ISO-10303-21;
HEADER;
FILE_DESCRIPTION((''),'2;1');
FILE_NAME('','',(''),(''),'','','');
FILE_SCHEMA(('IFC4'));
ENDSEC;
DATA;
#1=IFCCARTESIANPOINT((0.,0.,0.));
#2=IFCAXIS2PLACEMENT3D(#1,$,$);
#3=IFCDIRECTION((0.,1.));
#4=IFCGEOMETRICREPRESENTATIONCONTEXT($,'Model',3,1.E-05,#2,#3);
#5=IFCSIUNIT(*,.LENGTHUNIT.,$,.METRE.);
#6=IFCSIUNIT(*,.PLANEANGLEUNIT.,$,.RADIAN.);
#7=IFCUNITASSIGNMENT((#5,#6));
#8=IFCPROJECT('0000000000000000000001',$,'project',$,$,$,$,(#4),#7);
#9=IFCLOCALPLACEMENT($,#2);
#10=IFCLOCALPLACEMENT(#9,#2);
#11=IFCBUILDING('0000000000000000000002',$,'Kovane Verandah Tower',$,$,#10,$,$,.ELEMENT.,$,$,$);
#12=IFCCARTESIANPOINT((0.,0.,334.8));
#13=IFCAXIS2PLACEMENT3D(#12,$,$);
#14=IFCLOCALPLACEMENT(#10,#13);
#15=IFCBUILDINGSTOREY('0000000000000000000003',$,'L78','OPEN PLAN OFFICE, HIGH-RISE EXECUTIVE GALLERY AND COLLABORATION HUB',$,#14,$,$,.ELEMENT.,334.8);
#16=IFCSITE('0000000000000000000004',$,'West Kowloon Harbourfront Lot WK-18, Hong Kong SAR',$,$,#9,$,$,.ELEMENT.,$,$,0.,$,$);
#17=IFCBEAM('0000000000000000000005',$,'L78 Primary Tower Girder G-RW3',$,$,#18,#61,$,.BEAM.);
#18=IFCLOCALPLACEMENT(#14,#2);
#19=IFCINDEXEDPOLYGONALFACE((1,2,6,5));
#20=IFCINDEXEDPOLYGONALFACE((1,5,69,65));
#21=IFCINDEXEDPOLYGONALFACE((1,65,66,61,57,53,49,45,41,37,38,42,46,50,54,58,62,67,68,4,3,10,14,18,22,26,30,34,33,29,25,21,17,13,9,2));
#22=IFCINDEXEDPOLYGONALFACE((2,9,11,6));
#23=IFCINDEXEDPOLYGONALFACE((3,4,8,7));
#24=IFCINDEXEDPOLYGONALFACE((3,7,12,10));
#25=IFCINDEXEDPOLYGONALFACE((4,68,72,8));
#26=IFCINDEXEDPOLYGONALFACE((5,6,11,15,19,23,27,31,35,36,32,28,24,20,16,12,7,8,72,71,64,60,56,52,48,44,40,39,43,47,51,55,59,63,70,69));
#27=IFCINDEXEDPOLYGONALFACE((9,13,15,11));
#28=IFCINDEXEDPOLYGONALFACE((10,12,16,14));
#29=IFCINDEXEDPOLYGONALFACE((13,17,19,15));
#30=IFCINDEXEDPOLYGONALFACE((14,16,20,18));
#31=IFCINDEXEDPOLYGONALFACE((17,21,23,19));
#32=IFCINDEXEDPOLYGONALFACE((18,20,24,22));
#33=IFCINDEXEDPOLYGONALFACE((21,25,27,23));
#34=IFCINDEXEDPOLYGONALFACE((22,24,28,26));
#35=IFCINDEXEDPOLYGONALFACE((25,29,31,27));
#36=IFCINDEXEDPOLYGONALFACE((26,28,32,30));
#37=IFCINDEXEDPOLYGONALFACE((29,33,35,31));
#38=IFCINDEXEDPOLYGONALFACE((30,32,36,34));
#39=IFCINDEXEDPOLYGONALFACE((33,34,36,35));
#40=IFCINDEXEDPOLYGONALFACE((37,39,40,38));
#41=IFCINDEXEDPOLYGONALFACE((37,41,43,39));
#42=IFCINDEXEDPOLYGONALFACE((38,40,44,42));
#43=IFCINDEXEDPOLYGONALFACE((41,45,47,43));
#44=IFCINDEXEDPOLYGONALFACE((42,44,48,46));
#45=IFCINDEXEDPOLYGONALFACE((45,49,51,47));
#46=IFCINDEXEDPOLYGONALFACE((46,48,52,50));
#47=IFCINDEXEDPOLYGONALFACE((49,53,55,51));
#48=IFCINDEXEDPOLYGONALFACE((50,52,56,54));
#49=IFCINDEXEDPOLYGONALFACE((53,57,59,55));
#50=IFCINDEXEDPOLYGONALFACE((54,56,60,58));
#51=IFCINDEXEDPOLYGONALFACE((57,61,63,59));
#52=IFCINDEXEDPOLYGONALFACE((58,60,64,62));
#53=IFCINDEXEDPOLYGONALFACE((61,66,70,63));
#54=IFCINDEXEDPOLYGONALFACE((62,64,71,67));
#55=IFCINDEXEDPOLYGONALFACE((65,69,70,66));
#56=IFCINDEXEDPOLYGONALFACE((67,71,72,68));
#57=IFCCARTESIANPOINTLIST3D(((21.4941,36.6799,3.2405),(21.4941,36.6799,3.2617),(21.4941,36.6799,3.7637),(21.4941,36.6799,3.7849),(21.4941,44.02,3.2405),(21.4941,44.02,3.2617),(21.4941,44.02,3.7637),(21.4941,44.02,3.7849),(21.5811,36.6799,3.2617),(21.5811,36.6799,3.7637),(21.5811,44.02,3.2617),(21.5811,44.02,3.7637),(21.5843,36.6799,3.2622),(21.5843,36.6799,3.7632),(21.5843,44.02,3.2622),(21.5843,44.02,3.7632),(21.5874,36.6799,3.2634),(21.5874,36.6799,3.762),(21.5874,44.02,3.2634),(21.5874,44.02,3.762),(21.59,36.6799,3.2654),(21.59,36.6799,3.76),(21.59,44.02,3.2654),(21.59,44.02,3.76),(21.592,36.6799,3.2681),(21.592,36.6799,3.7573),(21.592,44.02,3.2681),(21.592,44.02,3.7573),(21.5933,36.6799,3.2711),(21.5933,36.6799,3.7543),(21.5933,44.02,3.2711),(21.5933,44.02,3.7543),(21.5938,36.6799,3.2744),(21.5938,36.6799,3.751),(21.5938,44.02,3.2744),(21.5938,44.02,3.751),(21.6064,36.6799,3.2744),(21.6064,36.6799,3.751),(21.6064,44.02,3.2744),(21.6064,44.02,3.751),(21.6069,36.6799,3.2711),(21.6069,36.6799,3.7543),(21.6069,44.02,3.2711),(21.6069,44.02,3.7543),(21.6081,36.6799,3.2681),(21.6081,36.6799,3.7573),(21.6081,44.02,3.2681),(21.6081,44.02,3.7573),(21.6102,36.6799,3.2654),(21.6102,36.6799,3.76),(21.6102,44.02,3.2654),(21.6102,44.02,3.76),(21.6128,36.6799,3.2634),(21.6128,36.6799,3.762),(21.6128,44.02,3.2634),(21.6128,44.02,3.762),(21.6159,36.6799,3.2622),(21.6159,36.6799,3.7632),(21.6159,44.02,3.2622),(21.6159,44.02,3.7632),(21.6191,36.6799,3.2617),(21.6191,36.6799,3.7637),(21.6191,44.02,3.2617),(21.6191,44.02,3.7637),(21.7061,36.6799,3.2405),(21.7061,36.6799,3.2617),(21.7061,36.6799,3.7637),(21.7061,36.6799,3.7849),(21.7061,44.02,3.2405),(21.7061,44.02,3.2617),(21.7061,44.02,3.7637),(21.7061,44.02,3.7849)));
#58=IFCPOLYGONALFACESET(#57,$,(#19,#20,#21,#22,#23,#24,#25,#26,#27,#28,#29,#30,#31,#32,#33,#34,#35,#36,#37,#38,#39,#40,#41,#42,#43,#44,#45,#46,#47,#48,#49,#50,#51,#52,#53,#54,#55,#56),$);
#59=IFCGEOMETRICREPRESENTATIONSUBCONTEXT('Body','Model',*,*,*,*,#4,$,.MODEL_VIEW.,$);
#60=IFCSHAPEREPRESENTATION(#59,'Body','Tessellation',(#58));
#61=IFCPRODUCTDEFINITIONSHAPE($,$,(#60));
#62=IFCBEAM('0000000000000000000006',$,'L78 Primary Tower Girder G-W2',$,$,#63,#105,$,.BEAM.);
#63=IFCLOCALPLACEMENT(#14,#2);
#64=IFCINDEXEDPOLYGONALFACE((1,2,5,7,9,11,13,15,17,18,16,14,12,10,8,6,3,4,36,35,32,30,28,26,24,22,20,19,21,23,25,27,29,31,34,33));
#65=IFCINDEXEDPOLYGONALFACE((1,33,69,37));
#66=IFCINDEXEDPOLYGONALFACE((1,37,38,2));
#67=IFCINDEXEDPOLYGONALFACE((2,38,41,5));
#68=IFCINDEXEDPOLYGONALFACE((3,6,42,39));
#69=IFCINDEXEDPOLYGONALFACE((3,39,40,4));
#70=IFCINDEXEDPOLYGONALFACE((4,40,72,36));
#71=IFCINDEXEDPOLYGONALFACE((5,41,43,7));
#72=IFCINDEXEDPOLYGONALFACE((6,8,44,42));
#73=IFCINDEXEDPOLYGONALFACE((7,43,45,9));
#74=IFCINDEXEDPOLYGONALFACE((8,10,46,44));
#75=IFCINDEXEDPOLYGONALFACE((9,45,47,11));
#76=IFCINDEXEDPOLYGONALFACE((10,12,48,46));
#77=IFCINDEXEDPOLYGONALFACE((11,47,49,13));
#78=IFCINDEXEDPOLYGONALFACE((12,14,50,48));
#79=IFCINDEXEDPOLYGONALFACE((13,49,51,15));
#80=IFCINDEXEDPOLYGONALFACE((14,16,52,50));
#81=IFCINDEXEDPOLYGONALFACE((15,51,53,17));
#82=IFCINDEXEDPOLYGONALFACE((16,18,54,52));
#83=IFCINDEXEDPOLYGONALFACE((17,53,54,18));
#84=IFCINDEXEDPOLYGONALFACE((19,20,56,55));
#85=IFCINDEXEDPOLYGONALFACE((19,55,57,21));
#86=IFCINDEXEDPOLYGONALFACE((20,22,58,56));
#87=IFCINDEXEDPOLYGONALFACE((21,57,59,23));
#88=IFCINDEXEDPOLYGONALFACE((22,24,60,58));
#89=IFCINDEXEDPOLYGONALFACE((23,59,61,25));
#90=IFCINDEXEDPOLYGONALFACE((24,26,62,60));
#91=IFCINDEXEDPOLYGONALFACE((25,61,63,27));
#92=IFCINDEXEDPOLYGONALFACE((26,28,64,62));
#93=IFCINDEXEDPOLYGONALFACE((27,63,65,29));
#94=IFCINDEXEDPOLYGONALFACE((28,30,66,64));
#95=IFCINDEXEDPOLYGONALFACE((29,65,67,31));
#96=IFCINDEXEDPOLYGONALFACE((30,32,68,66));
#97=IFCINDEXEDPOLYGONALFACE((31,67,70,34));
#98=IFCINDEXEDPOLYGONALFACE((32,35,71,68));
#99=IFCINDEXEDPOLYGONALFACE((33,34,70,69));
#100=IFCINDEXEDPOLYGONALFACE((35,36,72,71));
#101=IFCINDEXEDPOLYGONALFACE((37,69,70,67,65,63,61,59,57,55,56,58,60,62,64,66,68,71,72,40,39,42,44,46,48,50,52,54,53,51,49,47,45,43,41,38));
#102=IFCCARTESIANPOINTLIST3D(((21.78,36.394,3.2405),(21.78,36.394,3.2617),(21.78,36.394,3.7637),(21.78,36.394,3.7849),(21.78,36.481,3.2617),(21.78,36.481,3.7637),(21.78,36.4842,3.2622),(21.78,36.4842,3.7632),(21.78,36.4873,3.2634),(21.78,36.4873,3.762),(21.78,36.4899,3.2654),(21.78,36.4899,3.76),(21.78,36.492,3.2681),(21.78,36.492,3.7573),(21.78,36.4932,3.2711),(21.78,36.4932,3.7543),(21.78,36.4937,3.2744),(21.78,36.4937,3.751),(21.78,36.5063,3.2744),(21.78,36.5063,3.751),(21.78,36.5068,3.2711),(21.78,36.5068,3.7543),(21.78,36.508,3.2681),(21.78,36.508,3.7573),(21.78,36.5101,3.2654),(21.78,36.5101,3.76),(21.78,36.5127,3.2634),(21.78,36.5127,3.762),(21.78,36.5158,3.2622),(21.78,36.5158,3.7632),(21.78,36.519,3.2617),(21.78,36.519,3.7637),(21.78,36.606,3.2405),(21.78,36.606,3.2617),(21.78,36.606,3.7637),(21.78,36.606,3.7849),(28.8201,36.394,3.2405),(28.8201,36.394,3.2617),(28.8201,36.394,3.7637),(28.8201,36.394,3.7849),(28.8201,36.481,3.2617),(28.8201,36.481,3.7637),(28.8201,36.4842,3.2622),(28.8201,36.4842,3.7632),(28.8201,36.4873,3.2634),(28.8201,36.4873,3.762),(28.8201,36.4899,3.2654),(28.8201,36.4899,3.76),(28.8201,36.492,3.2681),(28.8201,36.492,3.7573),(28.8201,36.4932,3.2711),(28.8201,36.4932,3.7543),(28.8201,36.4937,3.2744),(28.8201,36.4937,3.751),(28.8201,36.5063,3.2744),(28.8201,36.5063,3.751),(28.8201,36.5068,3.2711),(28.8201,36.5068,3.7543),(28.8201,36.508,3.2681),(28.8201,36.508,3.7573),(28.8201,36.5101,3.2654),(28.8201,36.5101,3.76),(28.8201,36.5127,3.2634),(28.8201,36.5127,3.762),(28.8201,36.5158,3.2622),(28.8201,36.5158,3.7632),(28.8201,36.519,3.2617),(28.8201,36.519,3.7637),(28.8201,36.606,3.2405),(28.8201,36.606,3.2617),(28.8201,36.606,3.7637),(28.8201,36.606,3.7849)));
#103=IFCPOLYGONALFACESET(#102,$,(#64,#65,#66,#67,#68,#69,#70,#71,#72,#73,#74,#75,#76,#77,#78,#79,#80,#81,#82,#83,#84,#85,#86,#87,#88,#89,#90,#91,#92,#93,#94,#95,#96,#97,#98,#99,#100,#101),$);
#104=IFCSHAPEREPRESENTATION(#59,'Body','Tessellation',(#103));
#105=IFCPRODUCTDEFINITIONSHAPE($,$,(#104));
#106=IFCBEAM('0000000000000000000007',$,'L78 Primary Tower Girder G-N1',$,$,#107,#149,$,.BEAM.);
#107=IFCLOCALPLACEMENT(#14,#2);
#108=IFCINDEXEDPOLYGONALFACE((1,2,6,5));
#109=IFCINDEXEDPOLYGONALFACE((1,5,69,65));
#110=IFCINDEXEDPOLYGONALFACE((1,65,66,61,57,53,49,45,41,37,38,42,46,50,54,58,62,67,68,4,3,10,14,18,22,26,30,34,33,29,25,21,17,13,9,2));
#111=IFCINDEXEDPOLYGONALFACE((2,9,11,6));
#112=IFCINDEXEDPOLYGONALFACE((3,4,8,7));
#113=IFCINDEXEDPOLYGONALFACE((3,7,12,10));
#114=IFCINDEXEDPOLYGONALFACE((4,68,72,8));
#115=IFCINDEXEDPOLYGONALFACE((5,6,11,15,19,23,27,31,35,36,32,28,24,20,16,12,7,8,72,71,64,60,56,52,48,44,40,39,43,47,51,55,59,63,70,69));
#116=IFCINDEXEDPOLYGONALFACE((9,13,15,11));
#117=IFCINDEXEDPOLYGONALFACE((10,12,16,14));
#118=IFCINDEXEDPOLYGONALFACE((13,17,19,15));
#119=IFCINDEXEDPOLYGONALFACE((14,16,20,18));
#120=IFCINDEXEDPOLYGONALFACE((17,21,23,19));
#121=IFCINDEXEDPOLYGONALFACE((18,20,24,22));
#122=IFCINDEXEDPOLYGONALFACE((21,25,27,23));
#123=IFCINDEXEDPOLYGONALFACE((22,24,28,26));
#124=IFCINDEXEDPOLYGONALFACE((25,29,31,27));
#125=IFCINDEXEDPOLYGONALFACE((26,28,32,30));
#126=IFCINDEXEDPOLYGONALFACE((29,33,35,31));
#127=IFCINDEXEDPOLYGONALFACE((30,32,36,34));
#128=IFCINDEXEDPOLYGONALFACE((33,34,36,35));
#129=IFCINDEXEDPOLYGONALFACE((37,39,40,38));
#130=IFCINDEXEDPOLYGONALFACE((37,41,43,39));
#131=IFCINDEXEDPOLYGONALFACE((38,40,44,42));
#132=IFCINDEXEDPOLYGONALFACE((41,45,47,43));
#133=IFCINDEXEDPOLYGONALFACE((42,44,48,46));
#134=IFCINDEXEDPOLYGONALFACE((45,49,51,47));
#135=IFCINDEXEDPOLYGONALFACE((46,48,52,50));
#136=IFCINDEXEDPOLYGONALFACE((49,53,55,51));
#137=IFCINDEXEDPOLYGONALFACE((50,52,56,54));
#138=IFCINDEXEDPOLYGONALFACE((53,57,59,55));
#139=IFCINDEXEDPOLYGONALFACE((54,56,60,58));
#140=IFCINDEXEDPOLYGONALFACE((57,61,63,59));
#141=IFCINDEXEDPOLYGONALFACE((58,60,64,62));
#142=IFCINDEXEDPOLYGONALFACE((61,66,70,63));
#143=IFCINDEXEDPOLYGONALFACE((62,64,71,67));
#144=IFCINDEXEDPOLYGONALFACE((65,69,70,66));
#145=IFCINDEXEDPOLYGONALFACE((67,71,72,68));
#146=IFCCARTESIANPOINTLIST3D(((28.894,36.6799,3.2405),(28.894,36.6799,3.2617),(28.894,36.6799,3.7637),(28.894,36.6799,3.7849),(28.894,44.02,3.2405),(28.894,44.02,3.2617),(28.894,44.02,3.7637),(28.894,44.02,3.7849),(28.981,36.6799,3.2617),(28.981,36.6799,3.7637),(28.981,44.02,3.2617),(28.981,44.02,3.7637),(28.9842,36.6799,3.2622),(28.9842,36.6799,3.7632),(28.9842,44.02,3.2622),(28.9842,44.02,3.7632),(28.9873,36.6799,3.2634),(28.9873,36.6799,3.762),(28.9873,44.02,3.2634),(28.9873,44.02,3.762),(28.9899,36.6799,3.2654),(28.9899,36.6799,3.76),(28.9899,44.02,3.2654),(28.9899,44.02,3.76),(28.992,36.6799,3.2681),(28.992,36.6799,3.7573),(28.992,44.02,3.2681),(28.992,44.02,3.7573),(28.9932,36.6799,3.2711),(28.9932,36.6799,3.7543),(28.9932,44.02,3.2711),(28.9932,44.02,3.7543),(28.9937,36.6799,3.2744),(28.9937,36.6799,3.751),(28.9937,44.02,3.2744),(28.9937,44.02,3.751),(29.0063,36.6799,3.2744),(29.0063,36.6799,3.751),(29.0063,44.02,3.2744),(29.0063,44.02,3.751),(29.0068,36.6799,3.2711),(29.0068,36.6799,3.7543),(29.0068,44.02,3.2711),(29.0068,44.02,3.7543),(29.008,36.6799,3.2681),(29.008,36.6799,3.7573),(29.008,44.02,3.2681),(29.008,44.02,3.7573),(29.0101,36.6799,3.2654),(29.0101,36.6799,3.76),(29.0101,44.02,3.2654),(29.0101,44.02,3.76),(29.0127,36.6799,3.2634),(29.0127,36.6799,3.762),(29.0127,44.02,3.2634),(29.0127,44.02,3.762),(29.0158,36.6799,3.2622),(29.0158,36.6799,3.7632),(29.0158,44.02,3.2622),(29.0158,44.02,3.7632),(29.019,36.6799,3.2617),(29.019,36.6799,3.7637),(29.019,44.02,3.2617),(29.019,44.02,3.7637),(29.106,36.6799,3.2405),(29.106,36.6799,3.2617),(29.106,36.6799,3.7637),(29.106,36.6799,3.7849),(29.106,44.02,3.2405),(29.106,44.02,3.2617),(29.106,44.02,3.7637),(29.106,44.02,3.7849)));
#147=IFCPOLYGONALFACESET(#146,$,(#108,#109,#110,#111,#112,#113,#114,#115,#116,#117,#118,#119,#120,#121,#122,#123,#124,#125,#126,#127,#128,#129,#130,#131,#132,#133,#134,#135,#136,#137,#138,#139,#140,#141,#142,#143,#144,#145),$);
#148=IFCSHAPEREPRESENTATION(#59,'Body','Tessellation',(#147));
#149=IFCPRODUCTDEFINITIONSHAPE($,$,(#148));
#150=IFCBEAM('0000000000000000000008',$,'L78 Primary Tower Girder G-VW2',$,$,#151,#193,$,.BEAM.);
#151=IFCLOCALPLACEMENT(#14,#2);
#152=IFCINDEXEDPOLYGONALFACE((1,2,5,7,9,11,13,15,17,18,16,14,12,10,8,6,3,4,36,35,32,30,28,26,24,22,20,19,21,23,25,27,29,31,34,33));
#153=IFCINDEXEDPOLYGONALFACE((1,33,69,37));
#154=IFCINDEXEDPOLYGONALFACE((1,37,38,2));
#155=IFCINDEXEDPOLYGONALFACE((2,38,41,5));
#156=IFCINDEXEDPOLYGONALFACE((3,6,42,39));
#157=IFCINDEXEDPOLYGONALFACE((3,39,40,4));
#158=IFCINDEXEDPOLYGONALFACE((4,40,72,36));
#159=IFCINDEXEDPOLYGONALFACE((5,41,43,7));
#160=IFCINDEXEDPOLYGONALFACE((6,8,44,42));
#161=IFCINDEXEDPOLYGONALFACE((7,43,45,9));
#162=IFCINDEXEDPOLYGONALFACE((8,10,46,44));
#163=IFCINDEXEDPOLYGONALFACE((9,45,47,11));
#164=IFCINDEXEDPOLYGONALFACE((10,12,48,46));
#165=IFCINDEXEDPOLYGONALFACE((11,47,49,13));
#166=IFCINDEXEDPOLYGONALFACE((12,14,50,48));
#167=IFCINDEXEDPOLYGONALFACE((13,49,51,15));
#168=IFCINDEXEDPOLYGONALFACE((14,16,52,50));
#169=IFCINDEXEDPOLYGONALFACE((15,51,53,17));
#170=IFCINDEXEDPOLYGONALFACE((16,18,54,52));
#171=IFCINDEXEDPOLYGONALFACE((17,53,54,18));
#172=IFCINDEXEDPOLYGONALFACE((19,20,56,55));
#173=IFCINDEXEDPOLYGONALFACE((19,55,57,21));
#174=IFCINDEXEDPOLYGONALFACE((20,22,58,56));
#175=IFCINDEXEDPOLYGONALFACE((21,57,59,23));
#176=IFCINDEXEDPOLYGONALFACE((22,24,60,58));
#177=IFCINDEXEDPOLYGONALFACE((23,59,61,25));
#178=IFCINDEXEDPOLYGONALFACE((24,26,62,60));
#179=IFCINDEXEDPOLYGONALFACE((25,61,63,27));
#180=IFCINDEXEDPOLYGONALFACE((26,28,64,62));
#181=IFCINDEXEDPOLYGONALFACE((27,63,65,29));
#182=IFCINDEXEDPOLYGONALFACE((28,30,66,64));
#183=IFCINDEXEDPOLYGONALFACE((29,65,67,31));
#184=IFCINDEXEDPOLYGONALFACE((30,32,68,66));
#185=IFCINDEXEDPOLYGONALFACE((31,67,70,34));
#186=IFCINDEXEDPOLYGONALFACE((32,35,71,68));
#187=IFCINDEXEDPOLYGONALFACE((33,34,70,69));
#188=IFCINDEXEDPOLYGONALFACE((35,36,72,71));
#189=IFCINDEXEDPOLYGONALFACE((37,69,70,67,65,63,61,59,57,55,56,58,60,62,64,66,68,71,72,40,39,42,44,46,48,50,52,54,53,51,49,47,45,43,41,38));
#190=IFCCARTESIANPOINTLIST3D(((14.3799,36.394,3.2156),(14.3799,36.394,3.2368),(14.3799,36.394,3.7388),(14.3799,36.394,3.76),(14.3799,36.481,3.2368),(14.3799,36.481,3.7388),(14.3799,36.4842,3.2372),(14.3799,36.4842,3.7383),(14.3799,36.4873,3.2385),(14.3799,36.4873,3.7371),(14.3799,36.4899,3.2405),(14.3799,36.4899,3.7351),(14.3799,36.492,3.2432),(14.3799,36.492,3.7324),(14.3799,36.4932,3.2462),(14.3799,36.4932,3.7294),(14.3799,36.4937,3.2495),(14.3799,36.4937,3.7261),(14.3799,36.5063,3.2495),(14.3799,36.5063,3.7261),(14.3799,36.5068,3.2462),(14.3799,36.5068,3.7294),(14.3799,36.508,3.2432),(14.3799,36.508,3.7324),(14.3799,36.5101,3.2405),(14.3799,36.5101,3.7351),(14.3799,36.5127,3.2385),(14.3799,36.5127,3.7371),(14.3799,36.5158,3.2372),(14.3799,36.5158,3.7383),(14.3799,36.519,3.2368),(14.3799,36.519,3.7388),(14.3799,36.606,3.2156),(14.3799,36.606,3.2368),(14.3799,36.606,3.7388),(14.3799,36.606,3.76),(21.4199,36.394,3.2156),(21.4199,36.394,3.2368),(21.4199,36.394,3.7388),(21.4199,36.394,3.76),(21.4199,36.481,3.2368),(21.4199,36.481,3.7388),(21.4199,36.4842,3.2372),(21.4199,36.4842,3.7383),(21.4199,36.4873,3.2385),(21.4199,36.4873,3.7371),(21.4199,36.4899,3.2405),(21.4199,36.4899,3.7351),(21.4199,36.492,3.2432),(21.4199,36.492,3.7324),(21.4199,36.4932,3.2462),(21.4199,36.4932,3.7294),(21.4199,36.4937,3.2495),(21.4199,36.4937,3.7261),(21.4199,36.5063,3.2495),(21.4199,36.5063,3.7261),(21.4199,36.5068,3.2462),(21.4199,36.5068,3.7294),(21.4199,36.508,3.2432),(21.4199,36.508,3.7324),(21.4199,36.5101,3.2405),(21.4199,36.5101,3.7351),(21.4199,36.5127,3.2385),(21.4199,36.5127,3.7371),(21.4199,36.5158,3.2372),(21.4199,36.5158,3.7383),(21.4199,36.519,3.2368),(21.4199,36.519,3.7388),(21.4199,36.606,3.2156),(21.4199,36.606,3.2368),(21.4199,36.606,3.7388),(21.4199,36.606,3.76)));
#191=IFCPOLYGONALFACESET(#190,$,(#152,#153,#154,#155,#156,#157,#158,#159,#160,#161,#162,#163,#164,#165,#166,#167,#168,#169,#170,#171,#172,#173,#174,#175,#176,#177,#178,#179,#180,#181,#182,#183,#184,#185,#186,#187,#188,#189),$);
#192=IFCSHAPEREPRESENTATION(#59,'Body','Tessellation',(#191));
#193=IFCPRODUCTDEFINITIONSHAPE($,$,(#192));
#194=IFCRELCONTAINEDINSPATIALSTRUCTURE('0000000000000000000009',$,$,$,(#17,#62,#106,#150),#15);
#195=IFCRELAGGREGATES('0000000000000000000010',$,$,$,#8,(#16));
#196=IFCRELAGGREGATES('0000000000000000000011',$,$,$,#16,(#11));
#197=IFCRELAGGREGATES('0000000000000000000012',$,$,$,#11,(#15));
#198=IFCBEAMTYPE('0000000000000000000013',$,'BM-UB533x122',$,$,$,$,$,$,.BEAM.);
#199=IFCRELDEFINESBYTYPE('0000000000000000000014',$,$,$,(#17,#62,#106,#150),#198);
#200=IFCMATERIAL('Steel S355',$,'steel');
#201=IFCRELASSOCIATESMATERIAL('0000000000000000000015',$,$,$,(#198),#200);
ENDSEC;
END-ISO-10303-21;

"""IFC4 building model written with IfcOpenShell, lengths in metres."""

from ifc_helpers import new_model, si_unit, direction, frame, origin, origin_2d, place, context, subcontext, project, spatial, i_section, extrude, material, material_profile, profile_set, type_object, element, save


model = new_model("IFC4")

# Units and contexts
model_context = context("Model", 3, precision=1e-05, world=origin(), true_north=direction((0.0, 1.0)))
body_context = subcontext(model_context, "Body", "Model", "MODEL_VIEW")
ifc_project = project(units=[si_unit("LENGTHUNIT", "METRE"), si_unit("PLANEANGLEUNIT", "RADIAN")], contexts=[model_context])

# Site, building, storey
site_placement = place(None, origin())
site = spatial("IfcSite", under=ifc_project, at=site_placement, Name="West Kowloon Harbourfront Lot WK-18, Hong Kong SAR", CompositionType="ELEMENT", RefElevation=0.0)
building_placement = place(site_placement, origin())
building = spatial("IfcBuilding", under=site, at=building_placement, Name="Kovane Verandah Tower", CompositionType="ELEMENT")
storey_placement = place(building_placement, frame((0.0, 0.0, 334.8)))
storey = spatial("IfcBuildingStorey", under=building, at=storey_placement, Name="L78", Description="OPEN PLAN OFFICE, HIGH-RISE EXECUTIVE GALLERY AND COLLABORATION HUB", CompositionType="ELEMENT", Elevation=334.8)

# Beams
ifc_material_1 = material(Name="Steel S355", Category="steel")
ifc_material_profile_1 = material_profile(ifc_material_1, i_section(OverallWidth=0.2119, OverallDepth=0.5444, WebThickness=0.0127, FlangeThickness=0.0212, FilletRadius=0.0127, at=origin_2d()), Name="UB533x210x122")
ifc_profile_set_1 = profile_set([ifc_material_profile_1], Name="Steel S355")
beam_type_1 = type_object("IfcBeamType", Name="BM-UB533x122", PredefinedType="BEAM", material=ifc_profile_set_1)
beam_1_placement = place(storey_placement, frame((21.6001, 36.6799, 3.5127), z_axis=(0.0, 1.0, 0.0), x_axis=(-1.0, 0.0, 0.0)))
element("IfcBeam", 1, at=beam_1_placement, inside=storey, type_object=beam_type_1, Name="L78 Primary Tower Girder G-RW3", PredefinedType="BEAM", context=body_context, shape_type="SweptSolid", body=[
    extrude(i_section(OverallWidth=0.2119, OverallDepth=0.5444, WebThickness=0.0127, FlangeThickness=0.0212, FilletRadius=0.0127, at=origin_2d()), origin(), (0.0, 0.0, 1.0), 7.3401),
])
beam_2_placement = place(storey_placement, frame((28.8201, 36.5, 3.5127), z_axis=(-1.0, 0.0, 0.0), x_axis=(0.0, -1.0, 0.0)))
element("IfcBeam", 2, at=beam_2_placement, inside=storey, type_object=beam_type_1, Name="L78 Primary Tower Girder G-W2", PredefinedType="BEAM", context=body_context, shape_type="SweptSolid", body=[
    extrude(i_section(OverallWidth=0.2119, OverallDepth=0.5444, WebThickness=0.0127, FlangeThickness=0.0212, FilletRadius=0.0127, at=origin_2d()), origin(), (0.0, 0.0, 1.0), 7.04),
])
beam_3_placement = place(storey_placement, frame((29.0, 36.6799, 3.5127), z_axis=(0.0, 1.0, 0.0), x_axis=(-1.0, 0.0, 0.0)))
element("IfcBeam", 3, at=beam_3_placement, inside=storey, type_object=beam_type_1, Name="L78 Primary Tower Girder G-N1", PredefinedType="BEAM", context=body_context, shape_type="SweptSolid", body=[
    extrude(i_section(OverallWidth=0.2119, OverallDepth=0.5444, WebThickness=0.0127, FlangeThickness=0.0212, FilletRadius=0.0127, at=origin_2d()), origin(), (0.0, 0.0, 1.0), 7.3401),
])
beam_4_placement = place(storey_placement, frame((21.4199, 36.5, 3.4878), z_axis=(-1.0, 0.0, 0.0), x_axis=(0.0, -1.0, 0.0)))
element("IfcBeam", 4, at=beam_4_placement, inside=storey, type_object=beam_type_1, Name="L78 Primary Tower Girder G-VW2", PredefinedType="BEAM", context=body_context, shape_type="SweptSolid", body=[
    extrude(i_section(OverallWidth=0.2119, OverallDepth=0.5444, WebThickness=0.0127, FlangeThickness=0.0212, FilletRadius=0.0127, at=origin_2d()), origin(), (0.0, 0.0, 1.0), 7.04),
])

save(model, "model.ifc")
